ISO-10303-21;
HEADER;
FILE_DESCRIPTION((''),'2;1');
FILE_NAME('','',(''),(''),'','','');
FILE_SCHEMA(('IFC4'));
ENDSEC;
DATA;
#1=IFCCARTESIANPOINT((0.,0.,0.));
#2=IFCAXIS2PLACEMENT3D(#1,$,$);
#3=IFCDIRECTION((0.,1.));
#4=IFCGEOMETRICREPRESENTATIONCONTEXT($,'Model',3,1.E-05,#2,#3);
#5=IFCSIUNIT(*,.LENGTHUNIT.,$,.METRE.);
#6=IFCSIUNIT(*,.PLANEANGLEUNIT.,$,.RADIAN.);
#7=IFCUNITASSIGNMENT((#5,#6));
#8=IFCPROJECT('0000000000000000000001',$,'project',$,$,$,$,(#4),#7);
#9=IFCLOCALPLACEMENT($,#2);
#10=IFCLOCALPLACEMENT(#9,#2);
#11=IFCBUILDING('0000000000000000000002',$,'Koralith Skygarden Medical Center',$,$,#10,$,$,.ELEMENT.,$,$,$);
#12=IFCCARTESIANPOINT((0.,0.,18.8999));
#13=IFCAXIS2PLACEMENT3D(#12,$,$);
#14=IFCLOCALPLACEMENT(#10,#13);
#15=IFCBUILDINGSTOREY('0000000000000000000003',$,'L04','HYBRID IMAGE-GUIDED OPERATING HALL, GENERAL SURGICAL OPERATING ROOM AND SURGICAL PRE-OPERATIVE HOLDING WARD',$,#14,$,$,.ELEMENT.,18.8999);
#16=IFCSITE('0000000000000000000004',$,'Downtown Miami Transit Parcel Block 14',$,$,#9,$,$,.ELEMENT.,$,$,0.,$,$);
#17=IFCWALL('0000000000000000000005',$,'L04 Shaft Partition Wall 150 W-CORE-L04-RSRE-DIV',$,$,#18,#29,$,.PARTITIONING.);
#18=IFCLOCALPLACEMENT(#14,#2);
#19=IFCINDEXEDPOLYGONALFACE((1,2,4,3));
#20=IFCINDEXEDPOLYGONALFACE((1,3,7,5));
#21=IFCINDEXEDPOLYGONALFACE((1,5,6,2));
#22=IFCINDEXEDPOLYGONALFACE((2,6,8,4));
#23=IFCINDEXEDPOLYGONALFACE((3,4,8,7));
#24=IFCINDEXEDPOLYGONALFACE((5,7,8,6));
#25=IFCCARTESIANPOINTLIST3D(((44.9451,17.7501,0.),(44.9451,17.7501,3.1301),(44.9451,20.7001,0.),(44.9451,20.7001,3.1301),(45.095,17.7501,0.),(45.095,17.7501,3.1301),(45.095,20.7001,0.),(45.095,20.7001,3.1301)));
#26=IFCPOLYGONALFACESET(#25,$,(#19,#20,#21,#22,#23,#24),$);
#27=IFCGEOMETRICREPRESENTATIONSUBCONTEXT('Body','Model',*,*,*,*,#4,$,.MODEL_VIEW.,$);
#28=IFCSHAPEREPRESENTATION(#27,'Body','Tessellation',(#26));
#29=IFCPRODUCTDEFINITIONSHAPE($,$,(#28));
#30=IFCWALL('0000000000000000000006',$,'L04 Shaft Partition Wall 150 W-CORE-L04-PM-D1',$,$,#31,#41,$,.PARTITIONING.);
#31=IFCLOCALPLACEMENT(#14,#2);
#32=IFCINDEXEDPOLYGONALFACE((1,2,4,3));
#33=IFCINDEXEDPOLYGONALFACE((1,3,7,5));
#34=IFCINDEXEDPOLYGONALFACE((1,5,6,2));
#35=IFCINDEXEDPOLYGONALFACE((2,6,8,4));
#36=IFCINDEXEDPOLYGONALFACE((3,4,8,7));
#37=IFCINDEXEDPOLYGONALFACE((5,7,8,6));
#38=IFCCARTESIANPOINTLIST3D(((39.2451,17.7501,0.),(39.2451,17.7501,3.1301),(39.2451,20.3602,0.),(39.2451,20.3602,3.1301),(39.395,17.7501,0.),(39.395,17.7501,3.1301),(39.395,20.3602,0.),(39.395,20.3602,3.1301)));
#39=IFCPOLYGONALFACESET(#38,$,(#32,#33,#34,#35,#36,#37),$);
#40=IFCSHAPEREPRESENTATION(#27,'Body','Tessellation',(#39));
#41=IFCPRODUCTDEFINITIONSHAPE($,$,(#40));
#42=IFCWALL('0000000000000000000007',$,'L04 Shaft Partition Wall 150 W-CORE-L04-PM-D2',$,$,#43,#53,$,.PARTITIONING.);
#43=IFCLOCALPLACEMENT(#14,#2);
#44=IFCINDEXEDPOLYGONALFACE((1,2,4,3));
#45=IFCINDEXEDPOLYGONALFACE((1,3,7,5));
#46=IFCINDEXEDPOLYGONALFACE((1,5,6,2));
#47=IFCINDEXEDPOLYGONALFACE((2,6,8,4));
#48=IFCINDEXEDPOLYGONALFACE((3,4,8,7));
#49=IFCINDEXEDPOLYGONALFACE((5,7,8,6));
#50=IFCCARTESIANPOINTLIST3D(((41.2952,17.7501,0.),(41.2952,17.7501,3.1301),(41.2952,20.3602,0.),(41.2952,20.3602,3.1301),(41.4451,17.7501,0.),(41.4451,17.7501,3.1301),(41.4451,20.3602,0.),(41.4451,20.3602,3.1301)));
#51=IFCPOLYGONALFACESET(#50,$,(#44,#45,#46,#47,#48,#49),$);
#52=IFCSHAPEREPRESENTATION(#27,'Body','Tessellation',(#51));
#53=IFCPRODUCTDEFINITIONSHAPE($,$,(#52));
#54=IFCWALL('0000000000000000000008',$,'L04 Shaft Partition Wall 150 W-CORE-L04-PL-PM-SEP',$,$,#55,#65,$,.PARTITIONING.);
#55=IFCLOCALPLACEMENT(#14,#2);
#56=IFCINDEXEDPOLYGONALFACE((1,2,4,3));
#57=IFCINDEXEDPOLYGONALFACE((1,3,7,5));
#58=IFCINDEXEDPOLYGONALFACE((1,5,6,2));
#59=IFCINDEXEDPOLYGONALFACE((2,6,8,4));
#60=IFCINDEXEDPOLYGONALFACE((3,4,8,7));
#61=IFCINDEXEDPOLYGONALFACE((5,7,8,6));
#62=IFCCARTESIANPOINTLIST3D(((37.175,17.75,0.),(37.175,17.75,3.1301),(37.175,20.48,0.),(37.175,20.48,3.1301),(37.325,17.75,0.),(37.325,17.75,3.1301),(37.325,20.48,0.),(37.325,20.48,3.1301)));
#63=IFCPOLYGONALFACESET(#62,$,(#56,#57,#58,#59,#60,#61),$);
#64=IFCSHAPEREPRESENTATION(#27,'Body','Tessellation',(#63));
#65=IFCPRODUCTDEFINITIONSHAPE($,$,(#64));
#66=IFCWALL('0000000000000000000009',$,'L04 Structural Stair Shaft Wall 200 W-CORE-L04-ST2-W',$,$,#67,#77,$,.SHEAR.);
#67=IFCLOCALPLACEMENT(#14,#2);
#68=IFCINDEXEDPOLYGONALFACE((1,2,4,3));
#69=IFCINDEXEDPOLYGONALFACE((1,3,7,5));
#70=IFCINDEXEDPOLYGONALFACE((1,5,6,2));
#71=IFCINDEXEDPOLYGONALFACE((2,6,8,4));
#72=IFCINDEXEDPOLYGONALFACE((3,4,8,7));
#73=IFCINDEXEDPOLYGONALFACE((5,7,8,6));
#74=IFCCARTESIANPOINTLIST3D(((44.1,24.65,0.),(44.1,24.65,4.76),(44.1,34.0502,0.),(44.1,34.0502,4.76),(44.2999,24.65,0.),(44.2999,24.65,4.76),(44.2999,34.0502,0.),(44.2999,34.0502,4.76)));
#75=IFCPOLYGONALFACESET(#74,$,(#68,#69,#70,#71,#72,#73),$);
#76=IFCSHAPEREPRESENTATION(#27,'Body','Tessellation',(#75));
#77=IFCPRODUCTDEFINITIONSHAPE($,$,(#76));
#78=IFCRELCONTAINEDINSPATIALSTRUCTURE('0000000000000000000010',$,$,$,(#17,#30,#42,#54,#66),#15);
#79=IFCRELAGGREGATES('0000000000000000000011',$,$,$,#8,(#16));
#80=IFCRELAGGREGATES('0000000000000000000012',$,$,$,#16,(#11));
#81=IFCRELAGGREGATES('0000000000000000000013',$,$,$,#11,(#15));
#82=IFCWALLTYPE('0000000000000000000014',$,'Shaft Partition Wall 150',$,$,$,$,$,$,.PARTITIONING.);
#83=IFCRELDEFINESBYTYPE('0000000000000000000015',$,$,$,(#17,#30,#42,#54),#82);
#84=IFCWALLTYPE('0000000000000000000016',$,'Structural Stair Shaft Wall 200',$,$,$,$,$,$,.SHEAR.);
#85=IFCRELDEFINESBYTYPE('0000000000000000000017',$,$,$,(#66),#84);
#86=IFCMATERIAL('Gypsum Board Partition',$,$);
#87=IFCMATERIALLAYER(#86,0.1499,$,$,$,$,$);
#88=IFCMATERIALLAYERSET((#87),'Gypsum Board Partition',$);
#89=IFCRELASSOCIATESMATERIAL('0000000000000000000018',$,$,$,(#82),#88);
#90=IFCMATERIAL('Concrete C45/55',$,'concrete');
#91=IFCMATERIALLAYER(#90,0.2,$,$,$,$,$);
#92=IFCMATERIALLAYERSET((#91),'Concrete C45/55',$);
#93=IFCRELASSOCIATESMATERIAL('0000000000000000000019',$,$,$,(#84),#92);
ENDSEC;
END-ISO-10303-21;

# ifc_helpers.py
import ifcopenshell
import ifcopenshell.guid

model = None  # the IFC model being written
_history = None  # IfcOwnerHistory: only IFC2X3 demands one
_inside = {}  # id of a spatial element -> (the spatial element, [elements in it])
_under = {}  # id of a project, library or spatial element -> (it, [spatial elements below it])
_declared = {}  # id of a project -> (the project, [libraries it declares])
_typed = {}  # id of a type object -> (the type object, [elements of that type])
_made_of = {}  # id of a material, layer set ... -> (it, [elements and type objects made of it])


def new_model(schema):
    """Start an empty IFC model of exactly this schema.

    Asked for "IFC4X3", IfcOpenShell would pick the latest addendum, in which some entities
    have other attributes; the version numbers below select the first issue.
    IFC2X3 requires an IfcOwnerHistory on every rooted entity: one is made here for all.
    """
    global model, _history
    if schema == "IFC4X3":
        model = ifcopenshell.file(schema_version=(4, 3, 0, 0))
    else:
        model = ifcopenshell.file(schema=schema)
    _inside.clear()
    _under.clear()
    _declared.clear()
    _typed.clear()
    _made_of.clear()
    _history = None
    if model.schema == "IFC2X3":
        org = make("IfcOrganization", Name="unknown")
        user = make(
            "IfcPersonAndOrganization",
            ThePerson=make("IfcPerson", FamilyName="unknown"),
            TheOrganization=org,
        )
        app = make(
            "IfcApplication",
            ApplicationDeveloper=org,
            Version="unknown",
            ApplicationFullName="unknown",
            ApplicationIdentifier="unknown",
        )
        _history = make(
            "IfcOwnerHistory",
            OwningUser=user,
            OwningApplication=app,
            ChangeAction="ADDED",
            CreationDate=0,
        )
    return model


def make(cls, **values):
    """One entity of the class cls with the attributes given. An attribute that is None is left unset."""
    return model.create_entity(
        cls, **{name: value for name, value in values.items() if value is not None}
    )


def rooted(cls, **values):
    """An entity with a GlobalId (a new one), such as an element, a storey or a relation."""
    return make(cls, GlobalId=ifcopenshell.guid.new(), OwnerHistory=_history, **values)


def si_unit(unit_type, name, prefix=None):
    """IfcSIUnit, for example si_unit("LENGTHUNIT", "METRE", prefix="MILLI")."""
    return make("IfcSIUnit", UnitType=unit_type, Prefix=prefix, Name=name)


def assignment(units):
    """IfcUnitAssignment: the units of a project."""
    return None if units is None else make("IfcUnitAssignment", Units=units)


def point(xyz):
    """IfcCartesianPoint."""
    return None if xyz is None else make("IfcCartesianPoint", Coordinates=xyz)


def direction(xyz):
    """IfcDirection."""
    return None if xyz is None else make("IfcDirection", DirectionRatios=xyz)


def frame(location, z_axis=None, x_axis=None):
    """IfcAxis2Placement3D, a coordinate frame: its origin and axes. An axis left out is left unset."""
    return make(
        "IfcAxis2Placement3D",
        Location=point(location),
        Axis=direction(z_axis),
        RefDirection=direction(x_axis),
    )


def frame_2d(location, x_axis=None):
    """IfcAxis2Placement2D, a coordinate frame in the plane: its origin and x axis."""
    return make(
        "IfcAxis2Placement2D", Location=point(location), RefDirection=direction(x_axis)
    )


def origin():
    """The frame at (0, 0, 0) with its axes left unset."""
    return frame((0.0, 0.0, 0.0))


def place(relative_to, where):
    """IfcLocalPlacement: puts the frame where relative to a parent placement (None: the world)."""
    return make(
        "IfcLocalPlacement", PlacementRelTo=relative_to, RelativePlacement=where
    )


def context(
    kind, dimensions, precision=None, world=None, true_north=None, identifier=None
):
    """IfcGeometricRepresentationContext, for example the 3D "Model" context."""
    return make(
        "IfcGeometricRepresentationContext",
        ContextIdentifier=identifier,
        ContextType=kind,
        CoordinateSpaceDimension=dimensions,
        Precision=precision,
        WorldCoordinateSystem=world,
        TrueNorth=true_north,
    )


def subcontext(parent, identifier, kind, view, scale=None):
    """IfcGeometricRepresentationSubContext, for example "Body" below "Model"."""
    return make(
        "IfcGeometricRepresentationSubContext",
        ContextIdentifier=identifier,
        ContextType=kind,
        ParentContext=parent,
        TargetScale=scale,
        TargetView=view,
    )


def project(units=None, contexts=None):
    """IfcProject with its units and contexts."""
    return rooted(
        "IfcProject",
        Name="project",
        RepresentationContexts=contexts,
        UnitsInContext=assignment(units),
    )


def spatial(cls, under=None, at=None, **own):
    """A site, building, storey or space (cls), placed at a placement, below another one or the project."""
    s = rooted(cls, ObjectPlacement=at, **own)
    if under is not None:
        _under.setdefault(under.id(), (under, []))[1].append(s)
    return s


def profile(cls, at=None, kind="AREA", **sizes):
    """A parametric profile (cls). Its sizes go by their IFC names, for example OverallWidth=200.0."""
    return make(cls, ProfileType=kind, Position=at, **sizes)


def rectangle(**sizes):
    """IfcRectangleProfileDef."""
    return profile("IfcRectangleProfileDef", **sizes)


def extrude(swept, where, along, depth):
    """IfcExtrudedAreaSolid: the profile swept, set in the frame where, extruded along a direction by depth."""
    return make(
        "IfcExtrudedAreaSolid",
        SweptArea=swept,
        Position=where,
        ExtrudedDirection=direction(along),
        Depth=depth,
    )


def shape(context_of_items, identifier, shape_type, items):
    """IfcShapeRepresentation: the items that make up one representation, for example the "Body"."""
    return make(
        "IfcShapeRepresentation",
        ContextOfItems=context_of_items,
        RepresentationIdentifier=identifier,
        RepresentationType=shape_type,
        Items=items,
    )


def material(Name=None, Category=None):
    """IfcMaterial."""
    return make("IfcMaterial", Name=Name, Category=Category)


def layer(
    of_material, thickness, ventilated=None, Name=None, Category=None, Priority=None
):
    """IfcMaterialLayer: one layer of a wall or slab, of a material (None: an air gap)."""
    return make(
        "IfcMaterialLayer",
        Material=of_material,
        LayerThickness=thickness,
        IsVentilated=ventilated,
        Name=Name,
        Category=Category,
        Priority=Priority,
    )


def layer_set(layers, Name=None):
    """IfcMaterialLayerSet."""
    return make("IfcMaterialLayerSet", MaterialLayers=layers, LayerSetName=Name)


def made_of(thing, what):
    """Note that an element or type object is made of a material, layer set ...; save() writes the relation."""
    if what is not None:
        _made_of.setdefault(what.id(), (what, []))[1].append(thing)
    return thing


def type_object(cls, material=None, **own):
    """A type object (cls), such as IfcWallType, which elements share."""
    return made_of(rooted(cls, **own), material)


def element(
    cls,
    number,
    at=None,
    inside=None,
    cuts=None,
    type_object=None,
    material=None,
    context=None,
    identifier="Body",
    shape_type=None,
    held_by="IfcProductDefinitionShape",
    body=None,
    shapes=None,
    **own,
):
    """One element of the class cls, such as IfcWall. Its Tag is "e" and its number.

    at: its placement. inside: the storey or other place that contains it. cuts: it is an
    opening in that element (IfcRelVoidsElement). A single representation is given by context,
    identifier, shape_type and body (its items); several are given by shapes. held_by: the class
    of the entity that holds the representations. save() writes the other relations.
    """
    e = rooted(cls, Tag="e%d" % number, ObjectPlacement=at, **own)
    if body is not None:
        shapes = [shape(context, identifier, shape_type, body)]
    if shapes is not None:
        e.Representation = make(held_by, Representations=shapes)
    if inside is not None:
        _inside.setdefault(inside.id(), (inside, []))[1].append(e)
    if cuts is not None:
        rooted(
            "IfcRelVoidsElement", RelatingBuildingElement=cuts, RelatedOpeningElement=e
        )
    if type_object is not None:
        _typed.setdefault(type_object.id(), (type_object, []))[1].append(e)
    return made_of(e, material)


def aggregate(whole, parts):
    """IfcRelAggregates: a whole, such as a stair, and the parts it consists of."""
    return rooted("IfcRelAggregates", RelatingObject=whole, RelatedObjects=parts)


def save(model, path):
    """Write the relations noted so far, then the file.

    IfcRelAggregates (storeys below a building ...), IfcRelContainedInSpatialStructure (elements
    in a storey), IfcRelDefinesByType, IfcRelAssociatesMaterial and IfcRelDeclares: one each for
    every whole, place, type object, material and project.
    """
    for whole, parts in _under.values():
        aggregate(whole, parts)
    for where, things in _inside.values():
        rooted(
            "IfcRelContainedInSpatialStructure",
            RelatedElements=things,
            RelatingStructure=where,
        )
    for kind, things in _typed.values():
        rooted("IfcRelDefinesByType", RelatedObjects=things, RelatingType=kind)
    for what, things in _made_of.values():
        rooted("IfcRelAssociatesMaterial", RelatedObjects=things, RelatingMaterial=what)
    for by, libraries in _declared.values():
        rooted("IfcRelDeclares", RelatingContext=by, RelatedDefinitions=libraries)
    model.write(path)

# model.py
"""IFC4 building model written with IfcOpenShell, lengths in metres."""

from ifc_helpers import new_model, si_unit, direction, frame, frame_2d, origin, place, context, subcontext, project, spatial, rectangle, extrude, material, layer, layer_set, type_object, element, save


model = new_model("IFC4")

# Units and contexts
model_context = context("Model", 3, precision=1e-05, world=origin(), true_north=direction((0.0, 1.0)))
body_context = subcontext(model_context, "Body", "Model", "MODEL_VIEW")
ifc_project = project(units=[si_unit("LENGTHUNIT", "METRE"), si_unit("PLANEANGLEUNIT", "RADIAN")], contexts=[model_context])

# Site, building, storey
site_placement = place(None, origin())
site = spatial("IfcSite", under=ifc_project, at=site_placement, Name="Downtown Miami Transit Parcel Block 14", CompositionType="ELEMENT", RefElevation=0.0)
building_placement = place(site_placement, origin())
building = spatial("IfcBuilding", under=site, at=building_placement, Name="Koralith Skygarden Medical Center", CompositionType="ELEMENT")
storey_placement = place(building_placement, frame((0.0, 0.0, 18.8999)))
storey = spatial("IfcBuildingStorey", under=building, at=storey_placement, Name="L04", Description="HYBRID IMAGE-GUIDED OPERATING HALL, GENERAL SURGICAL OPERATING ROOM AND SURGICAL PRE-OPERATIVE HOLDING WARD", CompositionType="ELEMENT", Elevation=18.8999)

# Shared definitions
ifc_material_1 = material(Name="Gypsum Board Partition")

# Walls
ifc_layer_1 = layer(ifc_material_1, 0.1499)
ifc_layer_set_1 = layer_set([ifc_layer_1], Name="Gypsum Board Partition")
wall_type_1 = type_object("IfcWallType", Name="Shaft Partition Wall 150", PredefinedType="PARTITIONING", material=ifc_layer_set_1)
wall_1_placement = place(storey_placement, frame((45.02, 17.75, 0.0), z_axis=(0.0, 0.0, 1.0), x_axis=(0.0, 1.0, 0.0)))
element("IfcWall", 1, at=wall_1_placement, inside=storey, type_object=wall_type_1, Name="L04 Shaft Partition Wall 150 W-CORE-L04-RSRE-DIV", PredefinedType="PARTITIONING", context=body_context, shape_type="SweptSolid", body=[
    extrude(rectangle(XDim=2.95, YDim=0.1499, at=frame_2d((1.4751, 0.0))), origin(), (0.0, 0.0, 1.0), 3.1301),
])
for number, where, z_axis, x_axis, name in (
    (2, (39.3201, 17.75, 0.0), (0.0, 0.0, 1.0), (0.0, 1.0, 0.0), "L04 Shaft Partition Wall 150 W-CORE-L04-PM-D1"),
    (3, (41.3701, 17.75, 0.0), (0.0, 0.0, 1.0), (0.0, 1.0, 0.0), "L04 Shaft Partition Wall 150 W-CORE-L04-PM-D2"),
):
    element("IfcWall", number, at=place(storey_placement, frame(where, z_axis=z_axis, x_axis=x_axis)), inside=storey, type_object=wall_type_1, Name=name, PredefinedType="PARTITIONING", context=body_context, shape_type="SweptSolid", body=[
        extrude(rectangle(XDim=2.6101, YDim=0.1499, at=frame_2d((1.3052, 0.0))), origin(), (0.0, 0.0, 1.0), 3.1301),
    ])
wall_2_placement = place(storey_placement, frame((37.25, 17.75, 0.0), z_axis=(0.0, 0.0, 1.0), x_axis=(0.0, 1.0, 0.0)))
element("IfcWall", 4, at=wall_2_placement, inside=storey, type_object=wall_type_1, Name="L04 Shaft Partition Wall 150 W-CORE-L04-PL-PM-SEP", PredefinedType="PARTITIONING", context=body_context, shape_type="SweptSolid", body=[
    extrude(rectangle(XDim=2.73, YDim=0.1499, at=frame_2d((1.365, 0.0))), origin(), (0.0, 0.0, 1.0), 3.1301),
])
ifc_material_2 = material(Name="Concrete C45/55", Category="concrete")
ifc_layer_2 = layer(ifc_material_2, 0.2)
ifc_layer_set_2 = layer_set([ifc_layer_2], Name="Concrete C45/55")
wall_type_2 = type_object("IfcWallType", Name="Structural Stair Shaft Wall 200", PredefinedType="SHEAR", material=ifc_layer_set_2)
wall_3_placement = place(storey_placement, frame((44.2, 24.6499, 0.0), z_axis=(0.0, 0.0, 1.0), x_axis=(0.0, 1.0, 0.0)))
element("IfcWall", 5, at=wall_3_placement, inside=storey, type_object=wall_type_2, Name="L04 Structural Stair Shaft Wall 200 W-CORE-L04-ST2-W", PredefinedType="SHEAR", context=body_context, shape_type="SweptSolid", body=[
    extrude(rectangle(XDim=9.4001, YDim=0.2, at=frame_2d((4.7002, 0.0))), origin(), (0.0, 0.0, 1.0), 4.76),
])

save(model, "model.ifc")
